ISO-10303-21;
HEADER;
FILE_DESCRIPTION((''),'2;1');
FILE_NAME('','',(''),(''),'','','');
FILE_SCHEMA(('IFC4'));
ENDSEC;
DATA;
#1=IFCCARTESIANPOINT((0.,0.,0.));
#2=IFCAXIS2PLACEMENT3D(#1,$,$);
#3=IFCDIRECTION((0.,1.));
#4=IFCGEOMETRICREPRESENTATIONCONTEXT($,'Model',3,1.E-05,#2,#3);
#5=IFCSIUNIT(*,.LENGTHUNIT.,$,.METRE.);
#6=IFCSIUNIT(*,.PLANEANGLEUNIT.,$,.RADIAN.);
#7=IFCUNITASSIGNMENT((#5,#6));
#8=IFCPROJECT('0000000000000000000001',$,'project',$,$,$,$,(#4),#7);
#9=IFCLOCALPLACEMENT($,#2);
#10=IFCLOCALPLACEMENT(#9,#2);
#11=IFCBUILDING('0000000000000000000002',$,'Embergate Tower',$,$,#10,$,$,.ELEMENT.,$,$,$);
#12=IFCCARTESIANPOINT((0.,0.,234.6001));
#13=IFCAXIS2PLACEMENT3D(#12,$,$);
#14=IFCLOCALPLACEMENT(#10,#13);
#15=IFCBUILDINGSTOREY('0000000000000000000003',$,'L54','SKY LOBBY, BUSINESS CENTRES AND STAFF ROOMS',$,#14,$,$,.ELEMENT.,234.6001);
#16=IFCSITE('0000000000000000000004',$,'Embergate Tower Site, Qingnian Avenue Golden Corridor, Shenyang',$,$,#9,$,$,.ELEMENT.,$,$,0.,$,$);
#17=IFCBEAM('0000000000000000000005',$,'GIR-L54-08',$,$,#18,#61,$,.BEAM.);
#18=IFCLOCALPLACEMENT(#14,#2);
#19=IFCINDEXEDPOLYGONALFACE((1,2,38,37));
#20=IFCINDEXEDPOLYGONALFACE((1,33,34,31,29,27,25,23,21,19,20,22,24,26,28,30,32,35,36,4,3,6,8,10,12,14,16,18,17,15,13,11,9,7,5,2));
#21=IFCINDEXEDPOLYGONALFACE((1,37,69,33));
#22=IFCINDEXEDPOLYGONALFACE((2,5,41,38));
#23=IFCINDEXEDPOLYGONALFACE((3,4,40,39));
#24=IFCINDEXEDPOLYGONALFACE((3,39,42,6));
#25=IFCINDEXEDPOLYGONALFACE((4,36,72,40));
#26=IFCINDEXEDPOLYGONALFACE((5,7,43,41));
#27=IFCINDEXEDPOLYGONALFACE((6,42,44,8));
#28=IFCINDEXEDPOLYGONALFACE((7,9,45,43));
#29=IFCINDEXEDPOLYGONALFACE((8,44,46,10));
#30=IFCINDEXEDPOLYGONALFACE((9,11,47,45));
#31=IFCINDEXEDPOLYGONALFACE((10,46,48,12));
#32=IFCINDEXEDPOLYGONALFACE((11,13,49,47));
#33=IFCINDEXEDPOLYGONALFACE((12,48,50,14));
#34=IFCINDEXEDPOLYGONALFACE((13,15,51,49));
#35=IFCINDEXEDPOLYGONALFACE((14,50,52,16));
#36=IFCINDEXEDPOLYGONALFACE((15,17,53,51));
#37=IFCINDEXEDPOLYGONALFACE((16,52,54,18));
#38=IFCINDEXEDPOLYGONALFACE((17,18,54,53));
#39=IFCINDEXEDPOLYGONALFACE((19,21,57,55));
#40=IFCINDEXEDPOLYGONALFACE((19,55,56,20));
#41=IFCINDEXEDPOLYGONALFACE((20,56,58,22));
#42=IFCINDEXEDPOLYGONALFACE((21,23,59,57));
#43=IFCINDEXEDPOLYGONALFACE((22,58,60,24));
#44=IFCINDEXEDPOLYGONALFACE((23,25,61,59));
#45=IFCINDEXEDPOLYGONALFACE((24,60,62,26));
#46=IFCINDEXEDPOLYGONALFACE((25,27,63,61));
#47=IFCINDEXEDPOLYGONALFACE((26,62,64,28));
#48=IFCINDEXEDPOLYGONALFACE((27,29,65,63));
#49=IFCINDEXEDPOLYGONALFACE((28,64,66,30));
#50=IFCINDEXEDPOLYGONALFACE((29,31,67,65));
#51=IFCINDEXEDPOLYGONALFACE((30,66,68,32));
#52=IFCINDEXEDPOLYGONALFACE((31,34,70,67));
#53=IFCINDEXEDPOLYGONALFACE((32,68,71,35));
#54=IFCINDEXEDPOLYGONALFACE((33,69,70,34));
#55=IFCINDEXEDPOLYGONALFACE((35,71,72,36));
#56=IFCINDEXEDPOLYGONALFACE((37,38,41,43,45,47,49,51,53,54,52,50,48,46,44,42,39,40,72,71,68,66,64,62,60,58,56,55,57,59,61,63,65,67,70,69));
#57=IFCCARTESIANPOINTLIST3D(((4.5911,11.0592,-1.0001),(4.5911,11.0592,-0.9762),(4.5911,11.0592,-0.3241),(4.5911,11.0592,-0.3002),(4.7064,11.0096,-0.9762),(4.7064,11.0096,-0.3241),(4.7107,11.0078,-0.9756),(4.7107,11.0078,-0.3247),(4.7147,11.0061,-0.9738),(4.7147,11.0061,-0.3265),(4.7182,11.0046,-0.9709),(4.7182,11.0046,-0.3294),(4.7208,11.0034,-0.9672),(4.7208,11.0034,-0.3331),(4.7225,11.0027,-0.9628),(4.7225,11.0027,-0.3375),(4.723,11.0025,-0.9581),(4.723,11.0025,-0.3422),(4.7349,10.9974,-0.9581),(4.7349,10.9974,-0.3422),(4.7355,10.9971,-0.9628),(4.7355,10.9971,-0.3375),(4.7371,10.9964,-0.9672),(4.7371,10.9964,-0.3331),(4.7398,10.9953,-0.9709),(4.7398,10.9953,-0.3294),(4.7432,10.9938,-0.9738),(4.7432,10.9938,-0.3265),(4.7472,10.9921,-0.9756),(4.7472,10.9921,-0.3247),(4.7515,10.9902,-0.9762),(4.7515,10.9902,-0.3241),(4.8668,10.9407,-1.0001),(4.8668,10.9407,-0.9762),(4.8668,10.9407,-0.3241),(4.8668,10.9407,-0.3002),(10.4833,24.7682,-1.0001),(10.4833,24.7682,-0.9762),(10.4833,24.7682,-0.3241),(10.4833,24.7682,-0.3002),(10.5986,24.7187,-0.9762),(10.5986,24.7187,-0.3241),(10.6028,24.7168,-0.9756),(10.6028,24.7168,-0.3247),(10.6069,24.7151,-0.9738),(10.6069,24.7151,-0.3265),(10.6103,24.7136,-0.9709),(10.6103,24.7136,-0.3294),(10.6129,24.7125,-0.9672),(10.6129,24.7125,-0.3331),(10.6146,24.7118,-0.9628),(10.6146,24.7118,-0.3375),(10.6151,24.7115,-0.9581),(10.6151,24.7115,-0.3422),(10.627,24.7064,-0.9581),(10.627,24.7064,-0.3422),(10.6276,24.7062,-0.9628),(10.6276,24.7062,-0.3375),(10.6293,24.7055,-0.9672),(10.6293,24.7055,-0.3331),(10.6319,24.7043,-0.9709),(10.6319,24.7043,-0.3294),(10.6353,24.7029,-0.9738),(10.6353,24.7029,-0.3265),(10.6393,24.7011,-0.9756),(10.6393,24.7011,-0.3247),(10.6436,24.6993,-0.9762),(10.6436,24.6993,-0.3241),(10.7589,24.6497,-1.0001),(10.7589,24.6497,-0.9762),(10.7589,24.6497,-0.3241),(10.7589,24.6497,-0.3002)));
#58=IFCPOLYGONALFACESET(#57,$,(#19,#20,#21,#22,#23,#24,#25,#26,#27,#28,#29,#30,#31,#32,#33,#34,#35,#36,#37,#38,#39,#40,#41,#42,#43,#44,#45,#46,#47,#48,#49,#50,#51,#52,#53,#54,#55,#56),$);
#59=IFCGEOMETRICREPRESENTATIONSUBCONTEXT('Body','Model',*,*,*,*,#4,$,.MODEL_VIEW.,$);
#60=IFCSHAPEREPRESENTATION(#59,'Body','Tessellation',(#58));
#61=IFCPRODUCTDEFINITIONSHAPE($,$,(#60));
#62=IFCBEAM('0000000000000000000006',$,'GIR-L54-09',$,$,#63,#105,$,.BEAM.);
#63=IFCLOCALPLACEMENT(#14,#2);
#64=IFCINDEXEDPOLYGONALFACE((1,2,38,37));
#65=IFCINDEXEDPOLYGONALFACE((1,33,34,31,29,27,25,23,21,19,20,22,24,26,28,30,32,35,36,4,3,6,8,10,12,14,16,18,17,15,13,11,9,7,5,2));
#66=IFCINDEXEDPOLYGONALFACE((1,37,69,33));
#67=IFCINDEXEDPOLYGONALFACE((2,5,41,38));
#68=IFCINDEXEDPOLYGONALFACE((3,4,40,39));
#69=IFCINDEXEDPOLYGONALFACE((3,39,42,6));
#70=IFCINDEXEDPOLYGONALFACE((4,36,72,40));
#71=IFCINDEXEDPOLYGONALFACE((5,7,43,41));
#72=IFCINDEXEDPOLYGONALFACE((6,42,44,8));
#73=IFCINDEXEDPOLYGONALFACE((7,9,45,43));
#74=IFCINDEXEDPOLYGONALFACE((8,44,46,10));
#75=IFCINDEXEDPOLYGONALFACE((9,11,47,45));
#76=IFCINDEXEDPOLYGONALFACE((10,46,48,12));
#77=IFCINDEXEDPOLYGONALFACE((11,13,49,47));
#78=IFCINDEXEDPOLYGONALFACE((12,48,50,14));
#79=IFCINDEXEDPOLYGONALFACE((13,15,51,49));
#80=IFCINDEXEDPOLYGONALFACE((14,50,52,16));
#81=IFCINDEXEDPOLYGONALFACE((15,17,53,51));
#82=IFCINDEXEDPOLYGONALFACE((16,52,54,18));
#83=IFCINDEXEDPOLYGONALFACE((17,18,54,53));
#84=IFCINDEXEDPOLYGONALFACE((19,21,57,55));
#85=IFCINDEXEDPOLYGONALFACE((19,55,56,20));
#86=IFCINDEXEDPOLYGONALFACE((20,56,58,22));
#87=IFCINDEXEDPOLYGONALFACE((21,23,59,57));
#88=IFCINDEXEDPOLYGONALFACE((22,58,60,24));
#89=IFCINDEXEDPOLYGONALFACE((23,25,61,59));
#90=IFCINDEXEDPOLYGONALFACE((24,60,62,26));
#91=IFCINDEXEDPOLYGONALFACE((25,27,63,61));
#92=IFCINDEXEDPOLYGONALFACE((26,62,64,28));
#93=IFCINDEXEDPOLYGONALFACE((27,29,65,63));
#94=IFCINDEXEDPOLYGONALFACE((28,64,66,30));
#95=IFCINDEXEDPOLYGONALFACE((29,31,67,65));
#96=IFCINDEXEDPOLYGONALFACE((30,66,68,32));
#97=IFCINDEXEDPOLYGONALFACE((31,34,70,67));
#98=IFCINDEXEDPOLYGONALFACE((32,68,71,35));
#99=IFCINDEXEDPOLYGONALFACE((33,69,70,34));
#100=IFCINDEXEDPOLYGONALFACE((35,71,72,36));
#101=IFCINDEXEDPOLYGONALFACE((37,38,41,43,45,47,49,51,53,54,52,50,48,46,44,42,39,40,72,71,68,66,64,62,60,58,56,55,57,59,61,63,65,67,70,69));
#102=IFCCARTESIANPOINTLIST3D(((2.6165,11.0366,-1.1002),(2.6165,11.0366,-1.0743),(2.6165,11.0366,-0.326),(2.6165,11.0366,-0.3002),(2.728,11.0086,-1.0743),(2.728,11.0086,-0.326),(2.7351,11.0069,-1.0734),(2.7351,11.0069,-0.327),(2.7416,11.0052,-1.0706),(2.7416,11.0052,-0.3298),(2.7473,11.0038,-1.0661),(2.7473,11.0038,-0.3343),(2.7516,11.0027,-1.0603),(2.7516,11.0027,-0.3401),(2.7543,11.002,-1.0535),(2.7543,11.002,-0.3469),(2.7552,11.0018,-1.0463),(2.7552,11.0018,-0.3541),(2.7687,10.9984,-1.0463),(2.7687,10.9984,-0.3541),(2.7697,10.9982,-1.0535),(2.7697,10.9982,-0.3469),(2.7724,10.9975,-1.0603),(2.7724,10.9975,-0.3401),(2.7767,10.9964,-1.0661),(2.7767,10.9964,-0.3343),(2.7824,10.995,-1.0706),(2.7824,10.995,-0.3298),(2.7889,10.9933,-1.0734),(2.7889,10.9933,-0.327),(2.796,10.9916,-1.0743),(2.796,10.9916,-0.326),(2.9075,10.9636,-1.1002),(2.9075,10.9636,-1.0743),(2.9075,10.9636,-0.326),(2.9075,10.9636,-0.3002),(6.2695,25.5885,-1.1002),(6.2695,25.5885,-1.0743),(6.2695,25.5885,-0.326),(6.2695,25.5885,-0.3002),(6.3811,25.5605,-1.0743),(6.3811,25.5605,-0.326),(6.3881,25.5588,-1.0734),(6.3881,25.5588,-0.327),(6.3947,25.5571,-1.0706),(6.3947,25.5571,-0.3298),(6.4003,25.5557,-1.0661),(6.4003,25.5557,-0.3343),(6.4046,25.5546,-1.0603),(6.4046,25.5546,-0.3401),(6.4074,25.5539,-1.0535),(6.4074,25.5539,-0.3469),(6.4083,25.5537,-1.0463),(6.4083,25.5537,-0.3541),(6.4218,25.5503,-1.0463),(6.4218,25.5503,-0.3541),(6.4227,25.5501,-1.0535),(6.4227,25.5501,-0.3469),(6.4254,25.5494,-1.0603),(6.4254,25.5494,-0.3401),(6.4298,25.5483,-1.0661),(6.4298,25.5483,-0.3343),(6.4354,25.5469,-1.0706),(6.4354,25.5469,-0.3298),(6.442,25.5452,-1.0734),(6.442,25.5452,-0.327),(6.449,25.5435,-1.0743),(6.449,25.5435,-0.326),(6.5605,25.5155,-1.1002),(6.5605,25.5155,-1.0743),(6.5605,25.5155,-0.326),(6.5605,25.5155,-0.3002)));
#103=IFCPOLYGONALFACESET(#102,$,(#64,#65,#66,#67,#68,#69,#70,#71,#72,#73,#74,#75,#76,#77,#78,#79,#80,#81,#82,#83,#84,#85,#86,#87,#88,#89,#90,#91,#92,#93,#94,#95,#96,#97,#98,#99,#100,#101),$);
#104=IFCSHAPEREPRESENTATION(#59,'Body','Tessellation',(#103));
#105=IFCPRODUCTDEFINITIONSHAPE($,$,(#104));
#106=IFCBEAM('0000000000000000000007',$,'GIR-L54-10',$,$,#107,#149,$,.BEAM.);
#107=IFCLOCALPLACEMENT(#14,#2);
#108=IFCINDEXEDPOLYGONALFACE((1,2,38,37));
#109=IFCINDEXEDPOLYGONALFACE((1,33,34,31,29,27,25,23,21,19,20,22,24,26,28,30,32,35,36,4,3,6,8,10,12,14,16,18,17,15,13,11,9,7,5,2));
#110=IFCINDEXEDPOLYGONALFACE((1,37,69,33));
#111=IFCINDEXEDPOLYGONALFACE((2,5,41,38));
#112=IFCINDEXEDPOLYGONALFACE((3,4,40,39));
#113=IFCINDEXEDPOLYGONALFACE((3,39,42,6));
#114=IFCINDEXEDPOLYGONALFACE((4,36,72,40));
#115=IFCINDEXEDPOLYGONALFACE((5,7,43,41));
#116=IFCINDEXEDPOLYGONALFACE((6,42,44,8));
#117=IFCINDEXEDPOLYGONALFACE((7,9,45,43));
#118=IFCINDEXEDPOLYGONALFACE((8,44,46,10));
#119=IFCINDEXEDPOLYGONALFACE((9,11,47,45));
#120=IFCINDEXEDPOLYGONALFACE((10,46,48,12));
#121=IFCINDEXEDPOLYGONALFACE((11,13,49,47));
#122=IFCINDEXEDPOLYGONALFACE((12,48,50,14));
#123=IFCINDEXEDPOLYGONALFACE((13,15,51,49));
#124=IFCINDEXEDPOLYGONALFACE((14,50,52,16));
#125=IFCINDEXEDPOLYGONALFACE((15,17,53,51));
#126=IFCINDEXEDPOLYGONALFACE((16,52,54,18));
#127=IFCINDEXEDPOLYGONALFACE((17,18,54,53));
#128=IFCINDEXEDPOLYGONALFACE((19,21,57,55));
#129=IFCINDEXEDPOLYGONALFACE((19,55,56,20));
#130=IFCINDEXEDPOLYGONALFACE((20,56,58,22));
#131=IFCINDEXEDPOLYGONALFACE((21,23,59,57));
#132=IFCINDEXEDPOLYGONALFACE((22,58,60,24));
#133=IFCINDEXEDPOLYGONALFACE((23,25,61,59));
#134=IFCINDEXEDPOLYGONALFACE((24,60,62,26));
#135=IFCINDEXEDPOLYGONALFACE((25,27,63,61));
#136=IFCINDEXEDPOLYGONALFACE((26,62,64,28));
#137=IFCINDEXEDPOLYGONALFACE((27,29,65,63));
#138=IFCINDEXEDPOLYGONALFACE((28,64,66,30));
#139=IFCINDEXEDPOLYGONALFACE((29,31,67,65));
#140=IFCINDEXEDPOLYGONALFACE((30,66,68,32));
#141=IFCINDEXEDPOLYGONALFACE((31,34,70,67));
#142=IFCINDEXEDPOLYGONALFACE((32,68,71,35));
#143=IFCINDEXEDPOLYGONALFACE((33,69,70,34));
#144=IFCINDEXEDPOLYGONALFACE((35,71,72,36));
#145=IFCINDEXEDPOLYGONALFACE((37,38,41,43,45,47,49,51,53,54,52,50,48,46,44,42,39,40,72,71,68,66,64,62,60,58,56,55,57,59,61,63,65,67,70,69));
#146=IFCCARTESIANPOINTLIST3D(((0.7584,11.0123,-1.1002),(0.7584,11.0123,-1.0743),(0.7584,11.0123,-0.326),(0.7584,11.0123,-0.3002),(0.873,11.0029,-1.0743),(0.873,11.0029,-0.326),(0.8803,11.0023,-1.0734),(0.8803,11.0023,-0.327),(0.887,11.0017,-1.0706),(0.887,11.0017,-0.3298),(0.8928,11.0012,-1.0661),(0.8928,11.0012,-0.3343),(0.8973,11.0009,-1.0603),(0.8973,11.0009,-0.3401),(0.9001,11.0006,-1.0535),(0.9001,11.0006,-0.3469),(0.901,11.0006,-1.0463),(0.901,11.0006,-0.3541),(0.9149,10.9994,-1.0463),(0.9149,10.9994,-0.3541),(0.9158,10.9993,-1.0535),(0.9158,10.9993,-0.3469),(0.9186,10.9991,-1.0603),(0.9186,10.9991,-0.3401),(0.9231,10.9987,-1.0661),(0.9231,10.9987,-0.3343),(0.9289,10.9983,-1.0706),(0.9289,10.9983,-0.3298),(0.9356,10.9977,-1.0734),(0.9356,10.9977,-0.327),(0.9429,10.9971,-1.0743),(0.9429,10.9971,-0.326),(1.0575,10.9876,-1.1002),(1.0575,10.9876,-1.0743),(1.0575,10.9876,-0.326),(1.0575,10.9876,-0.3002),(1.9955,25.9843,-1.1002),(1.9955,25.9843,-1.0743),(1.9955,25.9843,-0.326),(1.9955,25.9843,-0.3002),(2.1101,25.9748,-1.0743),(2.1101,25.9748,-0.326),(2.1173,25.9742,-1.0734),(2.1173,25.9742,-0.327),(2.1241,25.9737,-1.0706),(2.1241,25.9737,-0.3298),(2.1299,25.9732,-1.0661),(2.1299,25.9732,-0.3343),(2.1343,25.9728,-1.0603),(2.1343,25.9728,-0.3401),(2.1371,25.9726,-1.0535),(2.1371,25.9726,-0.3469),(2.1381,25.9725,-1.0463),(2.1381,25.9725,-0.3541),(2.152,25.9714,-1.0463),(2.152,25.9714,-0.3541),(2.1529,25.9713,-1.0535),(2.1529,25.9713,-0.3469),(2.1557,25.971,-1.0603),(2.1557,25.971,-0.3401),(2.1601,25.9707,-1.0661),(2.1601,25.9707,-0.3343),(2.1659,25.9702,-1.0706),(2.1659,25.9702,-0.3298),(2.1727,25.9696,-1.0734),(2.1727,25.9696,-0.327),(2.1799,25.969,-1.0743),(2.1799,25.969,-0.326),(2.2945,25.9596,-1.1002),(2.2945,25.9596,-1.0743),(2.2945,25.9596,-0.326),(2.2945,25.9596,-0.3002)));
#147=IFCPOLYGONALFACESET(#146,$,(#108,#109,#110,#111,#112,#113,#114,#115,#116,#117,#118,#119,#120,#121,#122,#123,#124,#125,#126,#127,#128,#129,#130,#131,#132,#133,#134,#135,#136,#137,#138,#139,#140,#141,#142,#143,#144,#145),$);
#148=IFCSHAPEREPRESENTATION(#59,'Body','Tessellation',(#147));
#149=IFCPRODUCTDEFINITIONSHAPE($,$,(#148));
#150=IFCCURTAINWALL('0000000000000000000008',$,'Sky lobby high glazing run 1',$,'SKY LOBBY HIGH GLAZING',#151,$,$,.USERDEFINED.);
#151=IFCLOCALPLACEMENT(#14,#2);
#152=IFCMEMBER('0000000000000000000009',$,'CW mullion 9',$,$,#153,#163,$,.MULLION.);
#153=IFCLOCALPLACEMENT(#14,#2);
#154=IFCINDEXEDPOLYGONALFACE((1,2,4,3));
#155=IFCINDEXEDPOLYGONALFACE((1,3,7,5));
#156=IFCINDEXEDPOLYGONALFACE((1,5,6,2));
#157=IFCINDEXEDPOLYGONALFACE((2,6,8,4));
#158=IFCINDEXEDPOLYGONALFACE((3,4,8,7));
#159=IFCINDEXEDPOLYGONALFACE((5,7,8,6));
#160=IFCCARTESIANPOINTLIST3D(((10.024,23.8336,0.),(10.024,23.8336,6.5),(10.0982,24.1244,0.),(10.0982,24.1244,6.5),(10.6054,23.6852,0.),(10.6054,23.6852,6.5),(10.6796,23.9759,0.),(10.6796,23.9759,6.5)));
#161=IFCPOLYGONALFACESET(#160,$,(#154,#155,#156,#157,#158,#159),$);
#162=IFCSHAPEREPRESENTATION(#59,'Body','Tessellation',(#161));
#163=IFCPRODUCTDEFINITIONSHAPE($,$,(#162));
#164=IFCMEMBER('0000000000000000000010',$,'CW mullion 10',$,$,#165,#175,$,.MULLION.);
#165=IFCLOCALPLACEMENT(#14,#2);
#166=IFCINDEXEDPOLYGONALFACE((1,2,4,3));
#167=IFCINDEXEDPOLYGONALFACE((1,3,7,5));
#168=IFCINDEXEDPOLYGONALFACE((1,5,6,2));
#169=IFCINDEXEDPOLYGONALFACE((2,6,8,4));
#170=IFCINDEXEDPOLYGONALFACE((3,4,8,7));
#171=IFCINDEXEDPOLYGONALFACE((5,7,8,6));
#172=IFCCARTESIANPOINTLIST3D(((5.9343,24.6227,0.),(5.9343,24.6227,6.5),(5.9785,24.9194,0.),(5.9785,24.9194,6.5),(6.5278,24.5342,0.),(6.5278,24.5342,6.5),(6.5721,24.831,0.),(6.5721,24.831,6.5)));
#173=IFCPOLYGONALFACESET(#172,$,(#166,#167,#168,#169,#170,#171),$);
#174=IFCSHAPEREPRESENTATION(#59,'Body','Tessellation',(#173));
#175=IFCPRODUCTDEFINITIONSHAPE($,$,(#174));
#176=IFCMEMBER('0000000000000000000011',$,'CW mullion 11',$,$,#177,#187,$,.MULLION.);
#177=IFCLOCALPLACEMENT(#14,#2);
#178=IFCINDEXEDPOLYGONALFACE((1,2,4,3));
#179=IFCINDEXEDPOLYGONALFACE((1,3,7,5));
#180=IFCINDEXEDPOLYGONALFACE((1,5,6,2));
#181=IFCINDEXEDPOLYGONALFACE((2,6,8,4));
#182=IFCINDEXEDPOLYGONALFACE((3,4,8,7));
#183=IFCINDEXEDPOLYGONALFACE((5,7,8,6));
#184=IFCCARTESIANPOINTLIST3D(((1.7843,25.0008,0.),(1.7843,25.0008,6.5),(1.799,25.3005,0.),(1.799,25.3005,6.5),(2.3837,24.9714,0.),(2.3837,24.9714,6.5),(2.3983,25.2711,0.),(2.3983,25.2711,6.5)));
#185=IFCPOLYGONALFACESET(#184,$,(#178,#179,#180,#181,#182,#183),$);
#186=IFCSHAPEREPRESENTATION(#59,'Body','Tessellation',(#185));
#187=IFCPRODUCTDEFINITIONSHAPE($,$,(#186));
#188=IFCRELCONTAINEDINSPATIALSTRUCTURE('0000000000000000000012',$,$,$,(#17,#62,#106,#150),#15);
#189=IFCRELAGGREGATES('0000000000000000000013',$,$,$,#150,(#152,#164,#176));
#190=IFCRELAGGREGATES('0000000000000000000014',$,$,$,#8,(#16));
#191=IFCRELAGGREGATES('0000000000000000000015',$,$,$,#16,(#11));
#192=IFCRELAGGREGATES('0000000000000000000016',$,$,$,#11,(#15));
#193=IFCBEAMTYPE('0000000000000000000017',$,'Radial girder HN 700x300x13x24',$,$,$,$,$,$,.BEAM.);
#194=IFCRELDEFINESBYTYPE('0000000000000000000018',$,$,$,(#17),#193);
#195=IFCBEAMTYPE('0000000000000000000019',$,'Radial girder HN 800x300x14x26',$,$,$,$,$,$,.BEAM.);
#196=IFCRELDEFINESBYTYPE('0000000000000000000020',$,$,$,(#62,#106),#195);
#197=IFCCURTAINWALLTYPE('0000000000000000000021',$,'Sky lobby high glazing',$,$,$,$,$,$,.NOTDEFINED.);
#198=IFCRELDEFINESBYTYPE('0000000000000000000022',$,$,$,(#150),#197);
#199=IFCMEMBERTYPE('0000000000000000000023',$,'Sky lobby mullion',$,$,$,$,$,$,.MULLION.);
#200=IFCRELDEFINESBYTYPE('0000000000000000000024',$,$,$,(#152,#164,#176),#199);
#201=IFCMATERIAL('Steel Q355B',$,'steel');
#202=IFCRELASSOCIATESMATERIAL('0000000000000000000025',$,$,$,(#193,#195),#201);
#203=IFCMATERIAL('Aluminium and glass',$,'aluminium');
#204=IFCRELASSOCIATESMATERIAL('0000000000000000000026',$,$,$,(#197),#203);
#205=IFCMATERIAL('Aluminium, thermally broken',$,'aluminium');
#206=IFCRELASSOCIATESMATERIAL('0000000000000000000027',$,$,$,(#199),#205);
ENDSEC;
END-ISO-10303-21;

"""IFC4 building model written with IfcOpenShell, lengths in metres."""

from ifc_helpers import new_model, si_unit, direction, frame, origin, origin_2d, place, context, subcontext, project, spatial, rectangle, i_section, extrude, source, transform, mapped, material, material_profile, profile_set, type_object, element, aggregate, save


model = new_model("IFC4")

# Units and contexts
model_context = context("Model", 3, precision=1e-05, world=origin(), true_north=direction((0.0, 1.0)))
body_context = subcontext(model_context, "Body", "Model", "MODEL_VIEW")
ifc_project = project(units=[si_unit("LENGTHUNIT", "METRE"), si_unit("PLANEANGLEUNIT", "RADIAN")], contexts=[model_context])

# Site, building, storey
site_placement = place(None, origin())
site = spatial("IfcSite", under=ifc_project, at=site_placement, Name="Embergate Tower Site, Qingnian Avenue Golden Corridor, Shenyang", CompositionType="ELEMENT", RefElevation=0.0)
building_placement = place(site_placement, origin())
building = spatial("IfcBuilding", under=site, at=building_placement, Name="Embergate Tower", CompositionType="ELEMENT")
storey_placement = place(building_placement, frame((0.0, 0.0, 234.6001)))
storey = spatial("IfcBuildingStorey", under=building, at=storey_placement, Name="L54", Description="SKY LOBBY, BUSINESS CENTRES AND STAFF ROOMS", CompositionType="ELEMENT", Elevation=234.6001)

# Beams
ifc_material_1 = material(Name="Steel Q355B", Category="steel")
ifc_material_profile_1 = material_profile(ifc_material_1, i_section(OverallWidth=0.3, OverallDepth=0.7, WebThickness=0.0129, FlangeThickness=0.0239, FilletRadius=0.0181, at=origin_2d()), Name="HN 700x300x13x24")
ifc_profile_set_1 = profile_set([ifc_material_profile_1], Name="Steel Q355 grade B")
beam_type_1 = type_object("IfcBeamType", Name="Radial girder HN 700x300x13x24", PredefinedType="BEAM", material=ifc_profile_set_1)
shared_shape_1 = source(origin(), body_context, "Body", "SweptSolid", [
    extrude(i_section(OverallWidth=0.3, OverallDepth=0.7, WebThickness=0.0129, FlangeThickness=0.0239, FilletRadius=0.0181, at=origin_2d()), origin(), (0.0, 0.0, 1.0), 14.9216),
])
beam_1_placement = place(storey_placement, frame((10.6211, 24.709, -0.6501), z_axis=(-0.394871, -0.918737, 0.0), x_axis=(0.918737, -0.394871, 0.0)))
element("IfcBeam", 1, at=beam_1_placement, inside=storey, type_object=beam_type_1, Name="GIR-L54-08", PredefinedType="BEAM", context=body_context, shape_type="MappedRepresentation", body=[
    mapped(shared_shape_1, transform((0.0, 0.0, 0.0))),
])
ifc_material_profile_2 = material_profile(ifc_material_1, i_section(OverallWidth=0.3, OverallDepth=0.8, WebThickness=0.0139, FlangeThickness=0.0259, FilletRadius=0.0281, at=origin_2d()), Name="HN 800x300x14x26")
ifc_profile_set_2 = profile_set([ifc_material_profile_2], Name="Steel Q355 grade B")
beam_type_2 = type_object("IfcBeamType", Name="Radial girder HN 800x300x14x26", PredefinedType="BEAM", material=ifc_profile_set_2)
shared_shape_2 = source(origin(), body_context, "Body", "SweptSolid", [
    extrude(i_section(OverallWidth=0.3, OverallDepth=0.8, WebThickness=0.0139, FlangeThickness=0.0259, FilletRadius=0.0281, at=origin_2d()), origin(), (0.0, 0.0, 1.0), 15.0034),
])
beam_2_placement = place(storey_placement, frame((6.415, 25.552, -0.7002), z_axis=(-0.243481, -0.969906, 0.0), x_axis=(0.969906, -0.243481, 0.0)))
element("IfcBeam", 2, at=beam_2_placement, inside=storey, type_object=beam_type_2, Name="GIR-L54-09", PredefinedType="BEAM", context=body_context, shape_type="MappedRepresentation", body=[
    mapped(shared_shape_2, transform((0.0, 0.0, 0.0))),
])
shared_shape_3 = source(origin(), body_context, "Body", "SweptSolid", [
    extrude(i_section(OverallWidth=0.3, OverallDepth=0.8, WebThickness=0.0139, FlangeThickness=0.0259, FilletRadius=0.0281, at=origin_2d()), origin(), (0.0, 0.0, 1.0), 15.0229),
])
beam_3_placement = place(storey_placement, frame((2.145, 25.9719, -0.7002), z_axis=(-0.082345, -0.996604, 0.0), x_axis=(0.996604, -0.082345, 0.0)))
element("IfcBeam", 3, at=beam_3_placement, inside=storey, type_object=beam_type_2, Name="GIR-L54-10", PredefinedType="BEAM", context=body_context, shape_type="MappedRepresentation", body=[
    mapped(shared_shape_3, transform((0.0, 0.0, 0.0))),
])

# Curtain wall, members
ifc_material_2 = material(Name="Aluminium and glass", Category="aluminium")
curtain_wall_type = type_object("IfcCurtainWallType", Name="Sky lobby high glazing", PredefinedType="NOTDEFINED", material=ifc_material_2)
curtain_wall_placement = place(storey_placement, origin())
curtain_wall = element("IfcCurtainWall", 4, at=curtain_wall_placement, inside=storey, type_object=curtain_wall_type, Name="Sky lobby high glazing run 1", ObjectType="SKY LOBBY HIGH GLAZING", PredefinedType="USERDEFINED")
ifc_material_3 = material(Name="Aluminium, thermally broken", Category="aluminium")
ifc_material_profile_3 = material_profile(ifc_material_3, rectangle(XDim=0.3, YDim=0.6001, at=origin_2d()), Name="AL 600x300")
ifc_profile_set_3 = profile_set([ifc_material_profile_3], Name="Aluminium, thermally broken")
member_type_1 = type_object("IfcMemberType", Name="Sky lobby mullion", PredefinedType="MULLION", material=ifc_profile_set_3)
shared_shape_4 = source(origin(), body_context, "Body", "SweptSolid", [
    extrude(rectangle(XDim=0.3, YDim=0.6001, at=origin_2d()), origin(), (0.0, 0.0, 1.0), 6.5),
])
member_1_placement = place(storey_placement, frame((10.3518, 23.9048, 0.0), z_axis=(0.0, 0.0, 1.0), x_axis=(-0.247308, -0.968937, 0.0)))
member_1 = element("IfcMember", 5, at=member_1_placement, type_object=member_type_1, Name="CW mullion 9", PredefinedType="MULLION", context=body_context, shape_type="MappedRepresentation", body=[
    mapped(shared_shape_4, transform((0.0, 0.0, 0.0))),
])
member_2_placement = place(storey_placement, frame((6.2532, 24.7268, 0.0), z_axis=(0.0, 0.0, 1.0), x_axis=(-0.147411, -0.989075, 0.0)))
member_2 = element("IfcMember", 6, at=member_2_placement, type_object=member_type_1, Name="CW mullion 10", PredefinedType="MULLION", context=body_context, shape_type="MappedRepresentation", body=[
    mapped(shared_shape_4, transform((0.0, 0.0, 0.0))),
])
member_3_placement = place(storey_placement, frame((2.0913, 25.136, 0.0), z_axis=(0.0, 0.0, 1.0), x_axis=(-0.04897, -0.9988, 0.0)))
member_3 = element("IfcMember", 7, at=member_3_placement, type_object=member_type_1, Name="CW mullion 11", PredefinedType="MULLION", context=body_context, shape_type="MappedRepresentation", body=[
    mapped(shared_shape_4, transform((0.0, 0.0, 0.0))),
])
aggregate(curtain_wall, [member_1, member_2, member_3])

save(model, "model.ifc")
